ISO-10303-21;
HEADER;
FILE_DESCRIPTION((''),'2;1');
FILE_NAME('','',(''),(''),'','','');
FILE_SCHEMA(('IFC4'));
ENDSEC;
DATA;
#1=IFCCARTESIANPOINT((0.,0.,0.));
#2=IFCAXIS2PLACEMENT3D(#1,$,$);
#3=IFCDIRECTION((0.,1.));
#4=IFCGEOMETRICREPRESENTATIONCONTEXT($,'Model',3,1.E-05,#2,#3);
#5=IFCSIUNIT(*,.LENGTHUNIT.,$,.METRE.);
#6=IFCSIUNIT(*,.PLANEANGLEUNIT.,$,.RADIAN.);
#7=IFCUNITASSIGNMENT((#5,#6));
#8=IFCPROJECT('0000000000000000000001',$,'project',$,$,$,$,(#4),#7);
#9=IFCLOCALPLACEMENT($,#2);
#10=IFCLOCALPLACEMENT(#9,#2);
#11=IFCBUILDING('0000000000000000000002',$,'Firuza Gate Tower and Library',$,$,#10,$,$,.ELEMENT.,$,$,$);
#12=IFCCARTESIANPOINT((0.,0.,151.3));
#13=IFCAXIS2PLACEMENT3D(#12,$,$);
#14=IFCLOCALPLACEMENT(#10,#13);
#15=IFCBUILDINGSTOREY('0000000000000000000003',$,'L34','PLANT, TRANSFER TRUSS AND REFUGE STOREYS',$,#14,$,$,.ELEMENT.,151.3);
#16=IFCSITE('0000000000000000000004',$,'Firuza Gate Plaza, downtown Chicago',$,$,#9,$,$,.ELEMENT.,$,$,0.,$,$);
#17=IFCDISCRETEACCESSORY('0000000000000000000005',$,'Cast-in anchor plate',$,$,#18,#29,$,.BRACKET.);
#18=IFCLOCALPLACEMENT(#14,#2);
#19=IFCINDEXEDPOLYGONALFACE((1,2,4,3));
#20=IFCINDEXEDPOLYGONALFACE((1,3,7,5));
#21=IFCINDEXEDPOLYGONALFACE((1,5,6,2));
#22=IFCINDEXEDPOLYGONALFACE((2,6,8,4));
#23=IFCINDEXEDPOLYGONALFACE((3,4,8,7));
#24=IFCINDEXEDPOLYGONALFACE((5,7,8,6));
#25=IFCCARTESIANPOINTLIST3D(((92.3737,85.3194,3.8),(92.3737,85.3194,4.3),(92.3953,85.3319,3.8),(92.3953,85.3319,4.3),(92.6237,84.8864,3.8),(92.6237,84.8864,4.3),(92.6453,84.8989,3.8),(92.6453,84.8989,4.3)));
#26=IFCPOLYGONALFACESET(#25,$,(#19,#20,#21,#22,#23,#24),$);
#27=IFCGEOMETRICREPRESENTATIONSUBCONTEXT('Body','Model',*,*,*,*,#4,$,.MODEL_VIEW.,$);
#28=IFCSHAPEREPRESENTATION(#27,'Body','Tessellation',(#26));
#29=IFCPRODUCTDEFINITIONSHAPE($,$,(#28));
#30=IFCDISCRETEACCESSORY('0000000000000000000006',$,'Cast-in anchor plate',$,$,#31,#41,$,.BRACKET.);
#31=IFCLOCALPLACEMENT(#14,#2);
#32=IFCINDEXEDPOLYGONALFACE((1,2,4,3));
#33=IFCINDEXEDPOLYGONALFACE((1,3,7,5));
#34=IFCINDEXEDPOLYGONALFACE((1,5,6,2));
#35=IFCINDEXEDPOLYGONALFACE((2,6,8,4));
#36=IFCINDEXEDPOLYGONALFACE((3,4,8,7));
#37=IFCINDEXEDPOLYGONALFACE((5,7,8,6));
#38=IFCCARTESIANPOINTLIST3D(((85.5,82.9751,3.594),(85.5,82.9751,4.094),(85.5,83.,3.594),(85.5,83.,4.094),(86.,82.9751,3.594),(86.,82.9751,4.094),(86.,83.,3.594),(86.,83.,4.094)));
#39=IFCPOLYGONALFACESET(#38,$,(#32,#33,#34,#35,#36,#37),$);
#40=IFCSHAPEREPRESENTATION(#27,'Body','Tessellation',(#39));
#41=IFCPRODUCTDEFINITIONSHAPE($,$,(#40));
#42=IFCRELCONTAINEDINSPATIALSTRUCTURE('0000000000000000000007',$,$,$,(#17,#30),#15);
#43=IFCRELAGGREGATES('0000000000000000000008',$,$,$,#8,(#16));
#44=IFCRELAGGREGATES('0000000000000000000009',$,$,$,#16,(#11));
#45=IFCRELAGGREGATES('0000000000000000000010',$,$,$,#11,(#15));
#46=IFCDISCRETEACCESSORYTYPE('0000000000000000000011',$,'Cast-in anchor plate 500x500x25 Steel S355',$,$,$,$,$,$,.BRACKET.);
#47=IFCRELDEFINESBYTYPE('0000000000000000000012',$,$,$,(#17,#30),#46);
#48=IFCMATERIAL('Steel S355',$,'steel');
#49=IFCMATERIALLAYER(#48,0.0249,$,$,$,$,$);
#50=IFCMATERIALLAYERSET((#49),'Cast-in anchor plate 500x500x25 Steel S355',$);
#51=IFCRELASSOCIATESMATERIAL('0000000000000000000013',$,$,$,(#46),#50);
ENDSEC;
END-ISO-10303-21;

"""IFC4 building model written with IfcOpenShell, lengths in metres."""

from ifc_helpers import new_model, si_unit, direction, frame, origin, origin_2d, place, context, subcontext, project, spatial, rectangle, extrude, material, layer, layer_set, type_object, element, save


model = new_model("IFC4")

# Units and contexts
model_context = context("Model", 3, precision=1e-05, world=origin(), true_north=direction((0.0, 1.0)))
body_context = subcontext(model_context, "Body", "Model", "MODEL_VIEW")
ifc_project = project(units=[si_unit("LENGTHUNIT", "METRE"), si_unit("PLANEANGLEUNIT", "RADIAN")], contexts=[model_context])

# Site, building, storey
site_placement = place(None, origin())
site = spatial("IfcSite", under=ifc_project, at=site_placement, Name="Firuza Gate Plaza, downtown Chicago", CompositionType="ELEMENT", RefElevation=0.0)
building_placement = place(site_placement, origin())
building = spatial("IfcBuilding", under=site, at=building_placement, Name="Firuza Gate Tower and Library", CompositionType="ELEMENT")
storey_placement = place(building_placement, frame((0.0, 0.0, 151.3)))
storey = spatial("IfcBuildingStorey", under=building, at=storey_placement, Name="L34", Description="PLANT, TRANSFER TRUSS AND REFUGE STOREYS", CompositionType="ELEMENT", Elevation=151.3)

# Discrete accessories
ifc_material_1 = material(Name="Steel S355", Category="steel")
ifc_layer_1 = layer(ifc_material_1, 0.0249)
ifc_layer_set_1 = layer_set([ifc_layer_1], Name="Cast-in anchor plate 500x500x25 Steel S355")
discrete_accessory_type = type_object("IfcDiscreteAccessoryType", Name="Cast-in anchor plate 500x500x25 Steel S355", PredefinedType="BRACKET", material=ifc_layer_set_1)
for number, where, z_axis, x_axis, name in (
    (1, (92.5095, 85.1091, 3.8), (0.0, 0.0, 1.0), (-0.5, 0.866025, 0.0), "Cast-in anchor plate"),
    (2, (85.75, 82.9875, 3.594), (0.0, 0.0, 1.0), (1.0, 0.0, 0.0), "Cast-in anchor plate"),
):
    element("IfcDiscreteAccessory", number, at=place(storey_placement, frame(where, z_axis=z_axis, x_axis=x_axis)), inside=storey, type_object=discrete_accessory_type, Name=name, PredefinedType="BRACKET", context=body_context, shape_type="SweptSolid", body=[
        extrude(rectangle(XDim=0.5, YDim=0.0249, at=origin_2d()), origin(), (0.0, 0.0, 1.0), 0.5),
    ])

save(model, "model.ifc")
